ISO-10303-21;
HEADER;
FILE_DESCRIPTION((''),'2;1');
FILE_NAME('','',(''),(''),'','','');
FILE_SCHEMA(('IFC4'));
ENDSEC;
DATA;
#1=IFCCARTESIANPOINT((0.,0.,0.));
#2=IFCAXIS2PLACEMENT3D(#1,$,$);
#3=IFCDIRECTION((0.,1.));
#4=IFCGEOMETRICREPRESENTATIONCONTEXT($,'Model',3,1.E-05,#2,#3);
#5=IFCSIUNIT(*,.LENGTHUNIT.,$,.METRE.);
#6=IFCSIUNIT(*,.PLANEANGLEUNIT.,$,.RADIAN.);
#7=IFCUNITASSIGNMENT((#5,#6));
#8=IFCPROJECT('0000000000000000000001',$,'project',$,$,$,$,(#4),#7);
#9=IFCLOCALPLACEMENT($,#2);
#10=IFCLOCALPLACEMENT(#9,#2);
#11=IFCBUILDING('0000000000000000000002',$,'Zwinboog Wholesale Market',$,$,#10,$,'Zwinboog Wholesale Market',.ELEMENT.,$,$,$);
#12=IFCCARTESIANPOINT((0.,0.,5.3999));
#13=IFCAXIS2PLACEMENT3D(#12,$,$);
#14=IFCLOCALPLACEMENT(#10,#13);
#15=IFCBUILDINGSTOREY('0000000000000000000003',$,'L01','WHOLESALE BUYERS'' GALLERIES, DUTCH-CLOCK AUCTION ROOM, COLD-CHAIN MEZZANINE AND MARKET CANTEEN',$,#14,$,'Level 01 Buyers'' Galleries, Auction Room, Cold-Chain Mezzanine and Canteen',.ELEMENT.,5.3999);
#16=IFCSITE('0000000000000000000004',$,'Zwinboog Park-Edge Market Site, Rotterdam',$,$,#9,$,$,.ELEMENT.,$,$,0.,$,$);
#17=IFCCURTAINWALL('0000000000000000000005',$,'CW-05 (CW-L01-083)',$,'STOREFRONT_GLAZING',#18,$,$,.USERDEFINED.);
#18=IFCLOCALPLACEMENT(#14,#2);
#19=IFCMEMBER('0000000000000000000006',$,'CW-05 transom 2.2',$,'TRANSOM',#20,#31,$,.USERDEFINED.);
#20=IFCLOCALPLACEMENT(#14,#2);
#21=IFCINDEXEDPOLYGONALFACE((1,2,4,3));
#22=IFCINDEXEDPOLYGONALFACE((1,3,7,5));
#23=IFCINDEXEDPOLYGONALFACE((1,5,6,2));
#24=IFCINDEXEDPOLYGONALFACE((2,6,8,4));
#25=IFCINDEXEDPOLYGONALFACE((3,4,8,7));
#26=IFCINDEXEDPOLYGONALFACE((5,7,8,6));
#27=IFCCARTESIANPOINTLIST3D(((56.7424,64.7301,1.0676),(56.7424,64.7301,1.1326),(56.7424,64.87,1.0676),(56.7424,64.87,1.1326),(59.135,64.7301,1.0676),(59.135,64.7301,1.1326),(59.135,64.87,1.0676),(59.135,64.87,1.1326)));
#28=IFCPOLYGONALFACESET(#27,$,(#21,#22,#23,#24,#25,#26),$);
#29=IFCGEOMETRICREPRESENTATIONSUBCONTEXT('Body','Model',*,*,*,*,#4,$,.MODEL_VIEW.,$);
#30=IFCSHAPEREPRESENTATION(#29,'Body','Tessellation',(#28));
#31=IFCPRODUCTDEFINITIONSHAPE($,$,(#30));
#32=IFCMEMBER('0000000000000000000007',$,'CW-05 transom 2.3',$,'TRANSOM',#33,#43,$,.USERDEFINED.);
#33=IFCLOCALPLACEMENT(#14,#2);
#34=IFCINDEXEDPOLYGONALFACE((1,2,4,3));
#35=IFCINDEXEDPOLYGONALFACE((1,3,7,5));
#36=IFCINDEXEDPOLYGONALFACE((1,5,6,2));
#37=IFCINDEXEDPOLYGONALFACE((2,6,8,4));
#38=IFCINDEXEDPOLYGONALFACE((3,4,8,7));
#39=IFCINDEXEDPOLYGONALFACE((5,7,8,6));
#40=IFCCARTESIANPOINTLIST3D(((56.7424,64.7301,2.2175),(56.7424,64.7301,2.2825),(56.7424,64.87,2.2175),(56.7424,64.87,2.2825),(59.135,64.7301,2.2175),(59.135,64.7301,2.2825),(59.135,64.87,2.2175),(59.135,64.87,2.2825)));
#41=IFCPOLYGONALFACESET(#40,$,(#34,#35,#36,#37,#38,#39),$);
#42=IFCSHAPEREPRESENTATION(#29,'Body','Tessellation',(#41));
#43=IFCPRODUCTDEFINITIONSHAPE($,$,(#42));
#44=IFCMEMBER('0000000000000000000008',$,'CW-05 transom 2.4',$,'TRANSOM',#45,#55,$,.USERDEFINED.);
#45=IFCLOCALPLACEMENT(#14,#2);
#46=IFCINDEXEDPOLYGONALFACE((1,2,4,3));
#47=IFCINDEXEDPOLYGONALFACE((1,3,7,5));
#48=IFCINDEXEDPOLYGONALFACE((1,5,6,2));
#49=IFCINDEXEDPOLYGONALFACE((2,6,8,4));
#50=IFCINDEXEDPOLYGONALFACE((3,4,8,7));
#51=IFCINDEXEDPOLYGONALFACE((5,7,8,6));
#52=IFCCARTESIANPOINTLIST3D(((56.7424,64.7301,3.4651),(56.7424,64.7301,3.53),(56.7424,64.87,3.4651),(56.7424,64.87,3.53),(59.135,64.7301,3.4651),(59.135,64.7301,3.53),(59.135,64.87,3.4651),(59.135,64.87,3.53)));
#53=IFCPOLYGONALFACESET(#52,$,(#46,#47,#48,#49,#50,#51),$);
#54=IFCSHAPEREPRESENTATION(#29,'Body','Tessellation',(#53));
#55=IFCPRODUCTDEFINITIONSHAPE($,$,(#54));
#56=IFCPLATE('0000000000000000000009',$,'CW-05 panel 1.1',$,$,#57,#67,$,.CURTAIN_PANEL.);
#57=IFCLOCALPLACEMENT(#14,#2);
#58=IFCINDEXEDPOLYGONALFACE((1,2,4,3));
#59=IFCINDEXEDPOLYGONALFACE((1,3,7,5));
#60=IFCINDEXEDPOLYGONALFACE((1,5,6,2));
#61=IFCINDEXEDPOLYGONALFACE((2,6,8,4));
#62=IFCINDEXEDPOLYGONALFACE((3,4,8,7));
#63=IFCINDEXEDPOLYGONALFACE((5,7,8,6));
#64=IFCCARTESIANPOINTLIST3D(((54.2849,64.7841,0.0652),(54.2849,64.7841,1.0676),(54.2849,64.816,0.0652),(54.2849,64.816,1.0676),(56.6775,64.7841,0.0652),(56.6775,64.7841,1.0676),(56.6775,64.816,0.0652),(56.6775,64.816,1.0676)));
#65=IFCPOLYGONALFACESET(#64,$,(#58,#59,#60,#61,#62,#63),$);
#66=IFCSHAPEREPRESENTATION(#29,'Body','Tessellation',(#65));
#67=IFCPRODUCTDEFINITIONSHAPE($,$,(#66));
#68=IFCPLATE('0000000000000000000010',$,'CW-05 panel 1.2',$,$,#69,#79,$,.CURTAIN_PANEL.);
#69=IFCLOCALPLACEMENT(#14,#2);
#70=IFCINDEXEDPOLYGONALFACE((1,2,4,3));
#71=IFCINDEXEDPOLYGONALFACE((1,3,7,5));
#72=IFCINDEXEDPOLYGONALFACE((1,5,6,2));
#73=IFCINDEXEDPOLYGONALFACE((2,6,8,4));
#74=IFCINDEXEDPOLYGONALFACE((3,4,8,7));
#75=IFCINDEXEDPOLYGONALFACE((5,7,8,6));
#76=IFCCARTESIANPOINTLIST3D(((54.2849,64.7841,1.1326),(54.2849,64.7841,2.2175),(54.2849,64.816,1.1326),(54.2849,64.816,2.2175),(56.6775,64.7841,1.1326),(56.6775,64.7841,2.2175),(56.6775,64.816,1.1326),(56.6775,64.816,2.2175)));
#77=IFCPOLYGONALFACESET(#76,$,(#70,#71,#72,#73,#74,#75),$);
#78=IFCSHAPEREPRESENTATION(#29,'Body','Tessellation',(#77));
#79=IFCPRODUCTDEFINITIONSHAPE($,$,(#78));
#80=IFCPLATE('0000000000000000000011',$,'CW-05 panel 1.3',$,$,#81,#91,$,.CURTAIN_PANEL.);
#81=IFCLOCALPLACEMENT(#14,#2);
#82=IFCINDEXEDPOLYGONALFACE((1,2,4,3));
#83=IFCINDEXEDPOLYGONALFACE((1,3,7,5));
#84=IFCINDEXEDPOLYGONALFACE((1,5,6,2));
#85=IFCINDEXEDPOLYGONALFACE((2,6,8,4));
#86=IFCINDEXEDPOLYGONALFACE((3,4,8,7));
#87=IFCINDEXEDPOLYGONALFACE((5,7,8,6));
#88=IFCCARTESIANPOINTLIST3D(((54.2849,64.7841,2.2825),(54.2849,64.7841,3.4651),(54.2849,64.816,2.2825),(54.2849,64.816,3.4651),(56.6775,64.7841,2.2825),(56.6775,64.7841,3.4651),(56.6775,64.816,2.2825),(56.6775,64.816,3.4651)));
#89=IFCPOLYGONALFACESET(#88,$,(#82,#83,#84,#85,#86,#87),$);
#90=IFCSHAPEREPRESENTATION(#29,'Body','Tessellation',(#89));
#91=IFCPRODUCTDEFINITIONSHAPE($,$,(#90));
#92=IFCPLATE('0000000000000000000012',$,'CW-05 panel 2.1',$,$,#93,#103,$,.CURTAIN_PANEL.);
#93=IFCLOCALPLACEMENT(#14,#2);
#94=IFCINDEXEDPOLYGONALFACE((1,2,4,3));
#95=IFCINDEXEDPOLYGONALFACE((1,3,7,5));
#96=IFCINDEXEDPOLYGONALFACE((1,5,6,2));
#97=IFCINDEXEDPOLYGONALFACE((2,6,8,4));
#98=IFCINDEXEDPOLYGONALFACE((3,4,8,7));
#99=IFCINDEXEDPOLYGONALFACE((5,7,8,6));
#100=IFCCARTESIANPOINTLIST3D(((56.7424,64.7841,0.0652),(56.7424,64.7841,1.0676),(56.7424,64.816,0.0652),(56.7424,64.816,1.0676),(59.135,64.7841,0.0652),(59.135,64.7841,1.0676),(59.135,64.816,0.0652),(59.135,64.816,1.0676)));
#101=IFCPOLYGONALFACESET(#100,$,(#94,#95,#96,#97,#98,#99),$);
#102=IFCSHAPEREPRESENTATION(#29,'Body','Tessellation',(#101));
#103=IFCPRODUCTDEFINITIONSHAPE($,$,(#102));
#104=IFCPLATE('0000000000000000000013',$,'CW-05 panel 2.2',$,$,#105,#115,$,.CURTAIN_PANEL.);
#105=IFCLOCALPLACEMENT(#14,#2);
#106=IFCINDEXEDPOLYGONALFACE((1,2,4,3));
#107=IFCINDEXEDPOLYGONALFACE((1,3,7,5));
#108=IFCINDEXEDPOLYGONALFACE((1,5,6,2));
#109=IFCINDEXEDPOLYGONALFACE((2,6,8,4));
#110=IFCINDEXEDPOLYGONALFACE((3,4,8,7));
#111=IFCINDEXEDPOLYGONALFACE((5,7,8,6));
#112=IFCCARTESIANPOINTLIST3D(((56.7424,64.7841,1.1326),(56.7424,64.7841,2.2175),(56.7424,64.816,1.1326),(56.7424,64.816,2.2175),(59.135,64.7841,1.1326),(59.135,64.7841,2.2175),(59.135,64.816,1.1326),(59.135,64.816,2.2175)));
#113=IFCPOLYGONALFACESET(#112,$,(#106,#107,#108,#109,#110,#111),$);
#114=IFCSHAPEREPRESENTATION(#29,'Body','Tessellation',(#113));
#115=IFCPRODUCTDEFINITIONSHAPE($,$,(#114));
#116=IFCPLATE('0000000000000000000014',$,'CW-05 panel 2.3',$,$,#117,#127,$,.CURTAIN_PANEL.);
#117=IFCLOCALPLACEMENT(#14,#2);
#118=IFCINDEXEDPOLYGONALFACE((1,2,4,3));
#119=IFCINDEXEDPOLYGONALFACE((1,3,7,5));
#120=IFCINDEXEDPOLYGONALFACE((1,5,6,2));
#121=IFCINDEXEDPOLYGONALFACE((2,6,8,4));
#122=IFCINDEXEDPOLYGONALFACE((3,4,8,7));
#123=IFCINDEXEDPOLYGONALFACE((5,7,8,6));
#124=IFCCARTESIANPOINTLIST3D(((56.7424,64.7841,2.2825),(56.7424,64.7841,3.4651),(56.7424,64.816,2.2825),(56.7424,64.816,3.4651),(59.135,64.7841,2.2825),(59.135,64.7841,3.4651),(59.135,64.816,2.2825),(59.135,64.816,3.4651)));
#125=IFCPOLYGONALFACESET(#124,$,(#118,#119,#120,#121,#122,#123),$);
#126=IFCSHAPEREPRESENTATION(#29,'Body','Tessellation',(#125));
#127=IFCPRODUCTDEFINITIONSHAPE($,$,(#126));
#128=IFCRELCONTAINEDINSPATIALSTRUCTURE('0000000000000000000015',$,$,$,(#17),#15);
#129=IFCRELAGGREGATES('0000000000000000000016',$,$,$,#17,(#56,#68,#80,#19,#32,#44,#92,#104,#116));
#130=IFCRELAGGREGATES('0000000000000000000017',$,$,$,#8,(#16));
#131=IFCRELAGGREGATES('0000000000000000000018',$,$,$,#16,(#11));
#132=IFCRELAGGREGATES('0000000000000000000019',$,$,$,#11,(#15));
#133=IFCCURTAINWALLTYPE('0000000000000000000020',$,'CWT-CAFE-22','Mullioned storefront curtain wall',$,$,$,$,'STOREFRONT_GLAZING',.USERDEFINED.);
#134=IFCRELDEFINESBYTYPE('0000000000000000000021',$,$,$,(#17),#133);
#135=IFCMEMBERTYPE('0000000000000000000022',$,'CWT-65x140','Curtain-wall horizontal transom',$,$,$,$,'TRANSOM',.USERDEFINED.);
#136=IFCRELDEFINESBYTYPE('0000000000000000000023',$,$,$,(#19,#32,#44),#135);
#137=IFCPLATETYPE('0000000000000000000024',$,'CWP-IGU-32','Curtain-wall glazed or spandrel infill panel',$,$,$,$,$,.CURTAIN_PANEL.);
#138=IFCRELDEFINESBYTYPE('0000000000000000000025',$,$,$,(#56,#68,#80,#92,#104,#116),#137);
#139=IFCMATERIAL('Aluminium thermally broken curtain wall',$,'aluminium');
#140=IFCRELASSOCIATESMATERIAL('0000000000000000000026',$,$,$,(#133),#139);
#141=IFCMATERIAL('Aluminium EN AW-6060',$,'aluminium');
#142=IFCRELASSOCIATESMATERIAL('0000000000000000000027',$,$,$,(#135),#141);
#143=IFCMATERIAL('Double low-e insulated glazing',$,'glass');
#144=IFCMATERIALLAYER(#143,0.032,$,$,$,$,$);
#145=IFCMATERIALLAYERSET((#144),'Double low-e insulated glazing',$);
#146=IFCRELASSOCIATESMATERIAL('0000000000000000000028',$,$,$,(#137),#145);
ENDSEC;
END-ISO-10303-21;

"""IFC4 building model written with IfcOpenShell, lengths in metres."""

from ifc_helpers import new_model, si_unit, direction, frame, origin, origin_2d, place, context, subcontext, project, spatial, rectangle, extrude, material, layer, layer_set, material_profile, profile_set, type_object, element, aggregate, save


model = new_model("IFC4")

# Units and contexts
model_context = context("Model", 3, precision=1e-05, world=origin(), true_north=direction((0.0, 1.0)))
body_context = subcontext(model_context, "Body", "Model", "MODEL_VIEW")
ifc_project = project(units=[si_unit("LENGTHUNIT", "METRE"), si_unit("PLANEANGLEUNIT", "RADIAN")], contexts=[model_context])

# Site, building, storey
site_placement = place(None, origin())
site = spatial("IfcSite", under=ifc_project, at=site_placement, Name="Zwinboog Park-Edge Market Site, Rotterdam", CompositionType="ELEMENT", RefElevation=0.0)
building_placement = place(site_placement, origin())
building = spatial("IfcBuilding", under=site, at=building_placement, Name="Zwinboog Wholesale Market", LongName="Zwinboog Wholesale Market", CompositionType="ELEMENT")
storey_placement = place(building_placement, frame((0.0, 0.0, 5.3999)))
storey = spatial("IfcBuildingStorey", under=building, at=storey_placement, Name="L01", Description="WHOLESALE BUYERS' GALLERIES, DUTCH-CLOCK AUCTION ROOM, COLD-CHAIN MEZZANINE AND MARKET CANTEEN", LongName="Level 01 Buyers' Galleries, Auction Room, Cold-Chain Mezzanine and Canteen", CompositionType="ELEMENT", Elevation=5.3999)

# Curtain wall
ifc_material_1 = material(Name="Aluminium thermally broken curtain wall", Category="aluminium")
curtain_wall_type_1 = type_object("IfcCurtainWallType", Name="CWT-CAFE-22", Description="Mullioned storefront curtain wall", ElementType="STOREFRONT_GLAZING", PredefinedType="USERDEFINED", material=ifc_material_1)
curtain_wall_1_placement = place(storey_placement, origin())
curtain_wall_1 = element("IfcCurtainWall", 1, at=curtain_wall_1_placement, inside=storey, type_object=curtain_wall_type_1, Name="CW-05 (CW-L01-083)", ObjectType="STOREFRONT_GLAZING", PredefinedType="USERDEFINED")
ifc_material_2 = material(Name="Aluminium EN AW-6060", Category="aluminium")

# Members
ifc_material_profile_1 = material_profile(ifc_material_2, rectangle(XDim=0.1399, YDim=0.0649, at=origin_2d()), Name="AL 65x140")
ifc_profile_set_1 = profile_set([ifc_material_profile_1], Name="Aluminium EN AW-6060")
member_type_1 = type_object("IfcMemberType", Name="CWT-65x140", Description="Curtain-wall horizontal transom", ElementType="TRANSOM", PredefinedType="USERDEFINED", material=ifc_profile_set_1)
member_1_placement = place(storey_placement, frame((56.7424, 64.8, 1.1001), z_axis=(1.0, 0.0, 0.0), x_axis=(0.0, 1.0, 0.0)))
member_1 = element("IfcMember", 2, at=member_1_placement, type_object=member_type_1, Name="CW-05 transom 2.2", ObjectType="TRANSOM", PredefinedType="USERDEFINED", context=body_context, shape_type="SweptSolid", body=[
    extrude(rectangle(XDim=0.1399, YDim=0.0649, at=origin_2d()), origin(), (0.0, 0.0, 1.0), 2.3926),
])
member_2_placement = place(storey_placement, frame((56.7424, 64.8, 2.25), z_axis=(1.0, 0.0, 0.0), x_axis=(0.0, 1.0, 0.0)))
member_2 = element("IfcMember", 3, at=member_2_placement, type_object=member_type_1, Name="CW-05 transom 2.3", ObjectType="TRANSOM", PredefinedType="USERDEFINED", context=body_context, shape_type="SweptSolid", body=[
    extrude(rectangle(XDim=0.1399, YDim=0.0649, at=origin_2d()), origin(), (0.0, 0.0, 1.0), 2.3926),
])
member_3_placement = place(storey_placement, frame((56.7424, 64.8, 3.4976), z_axis=(1.0, 0.0, 0.0), x_axis=(0.0, 1.0, 0.0)))
member_3 = element("IfcMember", 4, at=member_3_placement, type_object=member_type_1, Name="CW-05 transom 2.4", ObjectType="TRANSOM", PredefinedType="USERDEFINED", context=body_context, shape_type="SweptSolid", body=[
    extrude(rectangle(XDim=0.1399, YDim=0.0649, at=origin_2d()), origin(), (0.0, 0.0, 1.0), 2.3926),
])

# Plates
ifc_material_3 = material(Name="Double low-e insulated glazing", Category="glass")
ifc_layer = layer(ifc_material_3, 0.032)
ifc_layer_set = layer_set([ifc_layer], Name="Double low-e insulated glazing")
plate_type = type_object("IfcPlateType", Name="CWP-IGU-32", Description="Curtain-wall glazed or spandrel infill panel", PredefinedType="CURTAIN_PANEL", material=ifc_layer_set)
plate_1_placement = place(storey_placement, frame((55.4812, 64.8, 0.0652), z_axis=(0.0, 0.0, 1.0), x_axis=(1.0, 0.0, 0.0)))
plate_1 = element("IfcPlate", 5, at=plate_1_placement, type_object=plate_type, Name="CW-05 panel 1.1", PredefinedType="CURTAIN_PANEL", context=body_context, shape_type="SweptSolid", body=[
    extrude(rectangle(XDim=2.3926, YDim=0.032, at=origin_2d()), origin(), (0.0, 0.0, 1.0), 1.0024),
])
plate_2_placement = place(storey_placement, frame((55.4812, 64.8, 1.1326), z_axis=(0.0, 0.0, 1.0), x_axis=(1.0, 0.0, 0.0)))
plate_2 = element("IfcPlate", 6, at=plate_2_placement, type_object=plate_type, Name="CW-05 panel 1.2", PredefinedType="CURTAIN_PANEL", context=body_context, shape_type="SweptSolid", body=[
    extrude(rectangle(XDim=2.3926, YDim=0.032, at=origin_2d()), origin(), (0.0, 0.0, 1.0), 1.085),
])
plate_3_placement = place(storey_placement, frame((55.4812, 64.8, 2.2825), z_axis=(0.0, 0.0, 1.0), x_axis=(1.0, 0.0, 0.0)))
plate_3 = element("IfcPlate", 7, at=plate_3_placement, type_object=plate_type, Name="CW-05 panel 1.3", PredefinedType="CURTAIN_PANEL", context=body_context, shape_type="SweptSolid", body=[
    extrude(rectangle(XDim=2.3926, YDim=0.032, at=origin_2d()), origin(), (0.0, 0.0, 1.0), 1.1826),
])
plate_4_placement = place(storey_placement, frame((57.9387, 64.8, 0.0652), z_axis=(0.0, 0.0, 1.0), x_axis=(1.0, 0.0, 0.0)))
plate_4 = element("IfcPlate", 8, at=plate_4_placement, type_object=plate_type, Name="CW-05 panel 2.1", PredefinedType="CURTAIN_PANEL", context=body_context, shape_type="SweptSolid", body=[
    extrude(rectangle(XDim=2.3926, YDim=0.032, at=origin_2d()), origin(), (0.0, 0.0, 1.0), 1.0024),
])
plate_5_placement = place(storey_placement, frame((57.9387, 64.8, 1.1326), z_axis=(0.0, 0.0, 1.0), x_axis=(1.0, 0.0, 0.0)))
plate_5 = element("IfcPlate", 9, at=plate_5_placement, type_object=plate_type, Name="CW-05 panel 2.2", PredefinedType="CURTAIN_PANEL", context=body_context, shape_type="SweptSolid", body=[
    extrude(rectangle(XDim=2.3926, YDim=0.032, at=origin_2d()), origin(), (0.0, 0.0, 1.0), 1.085),
])
plate_6_placement = place(storey_placement, frame((57.9387, 64.8, 2.2825), z_axis=(0.0, 0.0, 1.0), x_axis=(1.0, 0.0, 0.0)))
plate_6 = element("IfcPlate", 10, at=plate_6_placement, type_object=plate_type, Name="CW-05 panel 2.3", PredefinedType="CURTAIN_PANEL", context=body_context, shape_type="SweptSolid", body=[
    extrude(rectangle(XDim=2.3926, YDim=0.032, at=origin_2d()), origin(), (0.0, 0.0, 1.0), 1.1826),
])
aggregate(curtain_wall_1, [plate_1, plate_2, plate_3, member_1, member_2, member_3, plate_4, plate_5, plate_6])

save(model, "model.ifc")
